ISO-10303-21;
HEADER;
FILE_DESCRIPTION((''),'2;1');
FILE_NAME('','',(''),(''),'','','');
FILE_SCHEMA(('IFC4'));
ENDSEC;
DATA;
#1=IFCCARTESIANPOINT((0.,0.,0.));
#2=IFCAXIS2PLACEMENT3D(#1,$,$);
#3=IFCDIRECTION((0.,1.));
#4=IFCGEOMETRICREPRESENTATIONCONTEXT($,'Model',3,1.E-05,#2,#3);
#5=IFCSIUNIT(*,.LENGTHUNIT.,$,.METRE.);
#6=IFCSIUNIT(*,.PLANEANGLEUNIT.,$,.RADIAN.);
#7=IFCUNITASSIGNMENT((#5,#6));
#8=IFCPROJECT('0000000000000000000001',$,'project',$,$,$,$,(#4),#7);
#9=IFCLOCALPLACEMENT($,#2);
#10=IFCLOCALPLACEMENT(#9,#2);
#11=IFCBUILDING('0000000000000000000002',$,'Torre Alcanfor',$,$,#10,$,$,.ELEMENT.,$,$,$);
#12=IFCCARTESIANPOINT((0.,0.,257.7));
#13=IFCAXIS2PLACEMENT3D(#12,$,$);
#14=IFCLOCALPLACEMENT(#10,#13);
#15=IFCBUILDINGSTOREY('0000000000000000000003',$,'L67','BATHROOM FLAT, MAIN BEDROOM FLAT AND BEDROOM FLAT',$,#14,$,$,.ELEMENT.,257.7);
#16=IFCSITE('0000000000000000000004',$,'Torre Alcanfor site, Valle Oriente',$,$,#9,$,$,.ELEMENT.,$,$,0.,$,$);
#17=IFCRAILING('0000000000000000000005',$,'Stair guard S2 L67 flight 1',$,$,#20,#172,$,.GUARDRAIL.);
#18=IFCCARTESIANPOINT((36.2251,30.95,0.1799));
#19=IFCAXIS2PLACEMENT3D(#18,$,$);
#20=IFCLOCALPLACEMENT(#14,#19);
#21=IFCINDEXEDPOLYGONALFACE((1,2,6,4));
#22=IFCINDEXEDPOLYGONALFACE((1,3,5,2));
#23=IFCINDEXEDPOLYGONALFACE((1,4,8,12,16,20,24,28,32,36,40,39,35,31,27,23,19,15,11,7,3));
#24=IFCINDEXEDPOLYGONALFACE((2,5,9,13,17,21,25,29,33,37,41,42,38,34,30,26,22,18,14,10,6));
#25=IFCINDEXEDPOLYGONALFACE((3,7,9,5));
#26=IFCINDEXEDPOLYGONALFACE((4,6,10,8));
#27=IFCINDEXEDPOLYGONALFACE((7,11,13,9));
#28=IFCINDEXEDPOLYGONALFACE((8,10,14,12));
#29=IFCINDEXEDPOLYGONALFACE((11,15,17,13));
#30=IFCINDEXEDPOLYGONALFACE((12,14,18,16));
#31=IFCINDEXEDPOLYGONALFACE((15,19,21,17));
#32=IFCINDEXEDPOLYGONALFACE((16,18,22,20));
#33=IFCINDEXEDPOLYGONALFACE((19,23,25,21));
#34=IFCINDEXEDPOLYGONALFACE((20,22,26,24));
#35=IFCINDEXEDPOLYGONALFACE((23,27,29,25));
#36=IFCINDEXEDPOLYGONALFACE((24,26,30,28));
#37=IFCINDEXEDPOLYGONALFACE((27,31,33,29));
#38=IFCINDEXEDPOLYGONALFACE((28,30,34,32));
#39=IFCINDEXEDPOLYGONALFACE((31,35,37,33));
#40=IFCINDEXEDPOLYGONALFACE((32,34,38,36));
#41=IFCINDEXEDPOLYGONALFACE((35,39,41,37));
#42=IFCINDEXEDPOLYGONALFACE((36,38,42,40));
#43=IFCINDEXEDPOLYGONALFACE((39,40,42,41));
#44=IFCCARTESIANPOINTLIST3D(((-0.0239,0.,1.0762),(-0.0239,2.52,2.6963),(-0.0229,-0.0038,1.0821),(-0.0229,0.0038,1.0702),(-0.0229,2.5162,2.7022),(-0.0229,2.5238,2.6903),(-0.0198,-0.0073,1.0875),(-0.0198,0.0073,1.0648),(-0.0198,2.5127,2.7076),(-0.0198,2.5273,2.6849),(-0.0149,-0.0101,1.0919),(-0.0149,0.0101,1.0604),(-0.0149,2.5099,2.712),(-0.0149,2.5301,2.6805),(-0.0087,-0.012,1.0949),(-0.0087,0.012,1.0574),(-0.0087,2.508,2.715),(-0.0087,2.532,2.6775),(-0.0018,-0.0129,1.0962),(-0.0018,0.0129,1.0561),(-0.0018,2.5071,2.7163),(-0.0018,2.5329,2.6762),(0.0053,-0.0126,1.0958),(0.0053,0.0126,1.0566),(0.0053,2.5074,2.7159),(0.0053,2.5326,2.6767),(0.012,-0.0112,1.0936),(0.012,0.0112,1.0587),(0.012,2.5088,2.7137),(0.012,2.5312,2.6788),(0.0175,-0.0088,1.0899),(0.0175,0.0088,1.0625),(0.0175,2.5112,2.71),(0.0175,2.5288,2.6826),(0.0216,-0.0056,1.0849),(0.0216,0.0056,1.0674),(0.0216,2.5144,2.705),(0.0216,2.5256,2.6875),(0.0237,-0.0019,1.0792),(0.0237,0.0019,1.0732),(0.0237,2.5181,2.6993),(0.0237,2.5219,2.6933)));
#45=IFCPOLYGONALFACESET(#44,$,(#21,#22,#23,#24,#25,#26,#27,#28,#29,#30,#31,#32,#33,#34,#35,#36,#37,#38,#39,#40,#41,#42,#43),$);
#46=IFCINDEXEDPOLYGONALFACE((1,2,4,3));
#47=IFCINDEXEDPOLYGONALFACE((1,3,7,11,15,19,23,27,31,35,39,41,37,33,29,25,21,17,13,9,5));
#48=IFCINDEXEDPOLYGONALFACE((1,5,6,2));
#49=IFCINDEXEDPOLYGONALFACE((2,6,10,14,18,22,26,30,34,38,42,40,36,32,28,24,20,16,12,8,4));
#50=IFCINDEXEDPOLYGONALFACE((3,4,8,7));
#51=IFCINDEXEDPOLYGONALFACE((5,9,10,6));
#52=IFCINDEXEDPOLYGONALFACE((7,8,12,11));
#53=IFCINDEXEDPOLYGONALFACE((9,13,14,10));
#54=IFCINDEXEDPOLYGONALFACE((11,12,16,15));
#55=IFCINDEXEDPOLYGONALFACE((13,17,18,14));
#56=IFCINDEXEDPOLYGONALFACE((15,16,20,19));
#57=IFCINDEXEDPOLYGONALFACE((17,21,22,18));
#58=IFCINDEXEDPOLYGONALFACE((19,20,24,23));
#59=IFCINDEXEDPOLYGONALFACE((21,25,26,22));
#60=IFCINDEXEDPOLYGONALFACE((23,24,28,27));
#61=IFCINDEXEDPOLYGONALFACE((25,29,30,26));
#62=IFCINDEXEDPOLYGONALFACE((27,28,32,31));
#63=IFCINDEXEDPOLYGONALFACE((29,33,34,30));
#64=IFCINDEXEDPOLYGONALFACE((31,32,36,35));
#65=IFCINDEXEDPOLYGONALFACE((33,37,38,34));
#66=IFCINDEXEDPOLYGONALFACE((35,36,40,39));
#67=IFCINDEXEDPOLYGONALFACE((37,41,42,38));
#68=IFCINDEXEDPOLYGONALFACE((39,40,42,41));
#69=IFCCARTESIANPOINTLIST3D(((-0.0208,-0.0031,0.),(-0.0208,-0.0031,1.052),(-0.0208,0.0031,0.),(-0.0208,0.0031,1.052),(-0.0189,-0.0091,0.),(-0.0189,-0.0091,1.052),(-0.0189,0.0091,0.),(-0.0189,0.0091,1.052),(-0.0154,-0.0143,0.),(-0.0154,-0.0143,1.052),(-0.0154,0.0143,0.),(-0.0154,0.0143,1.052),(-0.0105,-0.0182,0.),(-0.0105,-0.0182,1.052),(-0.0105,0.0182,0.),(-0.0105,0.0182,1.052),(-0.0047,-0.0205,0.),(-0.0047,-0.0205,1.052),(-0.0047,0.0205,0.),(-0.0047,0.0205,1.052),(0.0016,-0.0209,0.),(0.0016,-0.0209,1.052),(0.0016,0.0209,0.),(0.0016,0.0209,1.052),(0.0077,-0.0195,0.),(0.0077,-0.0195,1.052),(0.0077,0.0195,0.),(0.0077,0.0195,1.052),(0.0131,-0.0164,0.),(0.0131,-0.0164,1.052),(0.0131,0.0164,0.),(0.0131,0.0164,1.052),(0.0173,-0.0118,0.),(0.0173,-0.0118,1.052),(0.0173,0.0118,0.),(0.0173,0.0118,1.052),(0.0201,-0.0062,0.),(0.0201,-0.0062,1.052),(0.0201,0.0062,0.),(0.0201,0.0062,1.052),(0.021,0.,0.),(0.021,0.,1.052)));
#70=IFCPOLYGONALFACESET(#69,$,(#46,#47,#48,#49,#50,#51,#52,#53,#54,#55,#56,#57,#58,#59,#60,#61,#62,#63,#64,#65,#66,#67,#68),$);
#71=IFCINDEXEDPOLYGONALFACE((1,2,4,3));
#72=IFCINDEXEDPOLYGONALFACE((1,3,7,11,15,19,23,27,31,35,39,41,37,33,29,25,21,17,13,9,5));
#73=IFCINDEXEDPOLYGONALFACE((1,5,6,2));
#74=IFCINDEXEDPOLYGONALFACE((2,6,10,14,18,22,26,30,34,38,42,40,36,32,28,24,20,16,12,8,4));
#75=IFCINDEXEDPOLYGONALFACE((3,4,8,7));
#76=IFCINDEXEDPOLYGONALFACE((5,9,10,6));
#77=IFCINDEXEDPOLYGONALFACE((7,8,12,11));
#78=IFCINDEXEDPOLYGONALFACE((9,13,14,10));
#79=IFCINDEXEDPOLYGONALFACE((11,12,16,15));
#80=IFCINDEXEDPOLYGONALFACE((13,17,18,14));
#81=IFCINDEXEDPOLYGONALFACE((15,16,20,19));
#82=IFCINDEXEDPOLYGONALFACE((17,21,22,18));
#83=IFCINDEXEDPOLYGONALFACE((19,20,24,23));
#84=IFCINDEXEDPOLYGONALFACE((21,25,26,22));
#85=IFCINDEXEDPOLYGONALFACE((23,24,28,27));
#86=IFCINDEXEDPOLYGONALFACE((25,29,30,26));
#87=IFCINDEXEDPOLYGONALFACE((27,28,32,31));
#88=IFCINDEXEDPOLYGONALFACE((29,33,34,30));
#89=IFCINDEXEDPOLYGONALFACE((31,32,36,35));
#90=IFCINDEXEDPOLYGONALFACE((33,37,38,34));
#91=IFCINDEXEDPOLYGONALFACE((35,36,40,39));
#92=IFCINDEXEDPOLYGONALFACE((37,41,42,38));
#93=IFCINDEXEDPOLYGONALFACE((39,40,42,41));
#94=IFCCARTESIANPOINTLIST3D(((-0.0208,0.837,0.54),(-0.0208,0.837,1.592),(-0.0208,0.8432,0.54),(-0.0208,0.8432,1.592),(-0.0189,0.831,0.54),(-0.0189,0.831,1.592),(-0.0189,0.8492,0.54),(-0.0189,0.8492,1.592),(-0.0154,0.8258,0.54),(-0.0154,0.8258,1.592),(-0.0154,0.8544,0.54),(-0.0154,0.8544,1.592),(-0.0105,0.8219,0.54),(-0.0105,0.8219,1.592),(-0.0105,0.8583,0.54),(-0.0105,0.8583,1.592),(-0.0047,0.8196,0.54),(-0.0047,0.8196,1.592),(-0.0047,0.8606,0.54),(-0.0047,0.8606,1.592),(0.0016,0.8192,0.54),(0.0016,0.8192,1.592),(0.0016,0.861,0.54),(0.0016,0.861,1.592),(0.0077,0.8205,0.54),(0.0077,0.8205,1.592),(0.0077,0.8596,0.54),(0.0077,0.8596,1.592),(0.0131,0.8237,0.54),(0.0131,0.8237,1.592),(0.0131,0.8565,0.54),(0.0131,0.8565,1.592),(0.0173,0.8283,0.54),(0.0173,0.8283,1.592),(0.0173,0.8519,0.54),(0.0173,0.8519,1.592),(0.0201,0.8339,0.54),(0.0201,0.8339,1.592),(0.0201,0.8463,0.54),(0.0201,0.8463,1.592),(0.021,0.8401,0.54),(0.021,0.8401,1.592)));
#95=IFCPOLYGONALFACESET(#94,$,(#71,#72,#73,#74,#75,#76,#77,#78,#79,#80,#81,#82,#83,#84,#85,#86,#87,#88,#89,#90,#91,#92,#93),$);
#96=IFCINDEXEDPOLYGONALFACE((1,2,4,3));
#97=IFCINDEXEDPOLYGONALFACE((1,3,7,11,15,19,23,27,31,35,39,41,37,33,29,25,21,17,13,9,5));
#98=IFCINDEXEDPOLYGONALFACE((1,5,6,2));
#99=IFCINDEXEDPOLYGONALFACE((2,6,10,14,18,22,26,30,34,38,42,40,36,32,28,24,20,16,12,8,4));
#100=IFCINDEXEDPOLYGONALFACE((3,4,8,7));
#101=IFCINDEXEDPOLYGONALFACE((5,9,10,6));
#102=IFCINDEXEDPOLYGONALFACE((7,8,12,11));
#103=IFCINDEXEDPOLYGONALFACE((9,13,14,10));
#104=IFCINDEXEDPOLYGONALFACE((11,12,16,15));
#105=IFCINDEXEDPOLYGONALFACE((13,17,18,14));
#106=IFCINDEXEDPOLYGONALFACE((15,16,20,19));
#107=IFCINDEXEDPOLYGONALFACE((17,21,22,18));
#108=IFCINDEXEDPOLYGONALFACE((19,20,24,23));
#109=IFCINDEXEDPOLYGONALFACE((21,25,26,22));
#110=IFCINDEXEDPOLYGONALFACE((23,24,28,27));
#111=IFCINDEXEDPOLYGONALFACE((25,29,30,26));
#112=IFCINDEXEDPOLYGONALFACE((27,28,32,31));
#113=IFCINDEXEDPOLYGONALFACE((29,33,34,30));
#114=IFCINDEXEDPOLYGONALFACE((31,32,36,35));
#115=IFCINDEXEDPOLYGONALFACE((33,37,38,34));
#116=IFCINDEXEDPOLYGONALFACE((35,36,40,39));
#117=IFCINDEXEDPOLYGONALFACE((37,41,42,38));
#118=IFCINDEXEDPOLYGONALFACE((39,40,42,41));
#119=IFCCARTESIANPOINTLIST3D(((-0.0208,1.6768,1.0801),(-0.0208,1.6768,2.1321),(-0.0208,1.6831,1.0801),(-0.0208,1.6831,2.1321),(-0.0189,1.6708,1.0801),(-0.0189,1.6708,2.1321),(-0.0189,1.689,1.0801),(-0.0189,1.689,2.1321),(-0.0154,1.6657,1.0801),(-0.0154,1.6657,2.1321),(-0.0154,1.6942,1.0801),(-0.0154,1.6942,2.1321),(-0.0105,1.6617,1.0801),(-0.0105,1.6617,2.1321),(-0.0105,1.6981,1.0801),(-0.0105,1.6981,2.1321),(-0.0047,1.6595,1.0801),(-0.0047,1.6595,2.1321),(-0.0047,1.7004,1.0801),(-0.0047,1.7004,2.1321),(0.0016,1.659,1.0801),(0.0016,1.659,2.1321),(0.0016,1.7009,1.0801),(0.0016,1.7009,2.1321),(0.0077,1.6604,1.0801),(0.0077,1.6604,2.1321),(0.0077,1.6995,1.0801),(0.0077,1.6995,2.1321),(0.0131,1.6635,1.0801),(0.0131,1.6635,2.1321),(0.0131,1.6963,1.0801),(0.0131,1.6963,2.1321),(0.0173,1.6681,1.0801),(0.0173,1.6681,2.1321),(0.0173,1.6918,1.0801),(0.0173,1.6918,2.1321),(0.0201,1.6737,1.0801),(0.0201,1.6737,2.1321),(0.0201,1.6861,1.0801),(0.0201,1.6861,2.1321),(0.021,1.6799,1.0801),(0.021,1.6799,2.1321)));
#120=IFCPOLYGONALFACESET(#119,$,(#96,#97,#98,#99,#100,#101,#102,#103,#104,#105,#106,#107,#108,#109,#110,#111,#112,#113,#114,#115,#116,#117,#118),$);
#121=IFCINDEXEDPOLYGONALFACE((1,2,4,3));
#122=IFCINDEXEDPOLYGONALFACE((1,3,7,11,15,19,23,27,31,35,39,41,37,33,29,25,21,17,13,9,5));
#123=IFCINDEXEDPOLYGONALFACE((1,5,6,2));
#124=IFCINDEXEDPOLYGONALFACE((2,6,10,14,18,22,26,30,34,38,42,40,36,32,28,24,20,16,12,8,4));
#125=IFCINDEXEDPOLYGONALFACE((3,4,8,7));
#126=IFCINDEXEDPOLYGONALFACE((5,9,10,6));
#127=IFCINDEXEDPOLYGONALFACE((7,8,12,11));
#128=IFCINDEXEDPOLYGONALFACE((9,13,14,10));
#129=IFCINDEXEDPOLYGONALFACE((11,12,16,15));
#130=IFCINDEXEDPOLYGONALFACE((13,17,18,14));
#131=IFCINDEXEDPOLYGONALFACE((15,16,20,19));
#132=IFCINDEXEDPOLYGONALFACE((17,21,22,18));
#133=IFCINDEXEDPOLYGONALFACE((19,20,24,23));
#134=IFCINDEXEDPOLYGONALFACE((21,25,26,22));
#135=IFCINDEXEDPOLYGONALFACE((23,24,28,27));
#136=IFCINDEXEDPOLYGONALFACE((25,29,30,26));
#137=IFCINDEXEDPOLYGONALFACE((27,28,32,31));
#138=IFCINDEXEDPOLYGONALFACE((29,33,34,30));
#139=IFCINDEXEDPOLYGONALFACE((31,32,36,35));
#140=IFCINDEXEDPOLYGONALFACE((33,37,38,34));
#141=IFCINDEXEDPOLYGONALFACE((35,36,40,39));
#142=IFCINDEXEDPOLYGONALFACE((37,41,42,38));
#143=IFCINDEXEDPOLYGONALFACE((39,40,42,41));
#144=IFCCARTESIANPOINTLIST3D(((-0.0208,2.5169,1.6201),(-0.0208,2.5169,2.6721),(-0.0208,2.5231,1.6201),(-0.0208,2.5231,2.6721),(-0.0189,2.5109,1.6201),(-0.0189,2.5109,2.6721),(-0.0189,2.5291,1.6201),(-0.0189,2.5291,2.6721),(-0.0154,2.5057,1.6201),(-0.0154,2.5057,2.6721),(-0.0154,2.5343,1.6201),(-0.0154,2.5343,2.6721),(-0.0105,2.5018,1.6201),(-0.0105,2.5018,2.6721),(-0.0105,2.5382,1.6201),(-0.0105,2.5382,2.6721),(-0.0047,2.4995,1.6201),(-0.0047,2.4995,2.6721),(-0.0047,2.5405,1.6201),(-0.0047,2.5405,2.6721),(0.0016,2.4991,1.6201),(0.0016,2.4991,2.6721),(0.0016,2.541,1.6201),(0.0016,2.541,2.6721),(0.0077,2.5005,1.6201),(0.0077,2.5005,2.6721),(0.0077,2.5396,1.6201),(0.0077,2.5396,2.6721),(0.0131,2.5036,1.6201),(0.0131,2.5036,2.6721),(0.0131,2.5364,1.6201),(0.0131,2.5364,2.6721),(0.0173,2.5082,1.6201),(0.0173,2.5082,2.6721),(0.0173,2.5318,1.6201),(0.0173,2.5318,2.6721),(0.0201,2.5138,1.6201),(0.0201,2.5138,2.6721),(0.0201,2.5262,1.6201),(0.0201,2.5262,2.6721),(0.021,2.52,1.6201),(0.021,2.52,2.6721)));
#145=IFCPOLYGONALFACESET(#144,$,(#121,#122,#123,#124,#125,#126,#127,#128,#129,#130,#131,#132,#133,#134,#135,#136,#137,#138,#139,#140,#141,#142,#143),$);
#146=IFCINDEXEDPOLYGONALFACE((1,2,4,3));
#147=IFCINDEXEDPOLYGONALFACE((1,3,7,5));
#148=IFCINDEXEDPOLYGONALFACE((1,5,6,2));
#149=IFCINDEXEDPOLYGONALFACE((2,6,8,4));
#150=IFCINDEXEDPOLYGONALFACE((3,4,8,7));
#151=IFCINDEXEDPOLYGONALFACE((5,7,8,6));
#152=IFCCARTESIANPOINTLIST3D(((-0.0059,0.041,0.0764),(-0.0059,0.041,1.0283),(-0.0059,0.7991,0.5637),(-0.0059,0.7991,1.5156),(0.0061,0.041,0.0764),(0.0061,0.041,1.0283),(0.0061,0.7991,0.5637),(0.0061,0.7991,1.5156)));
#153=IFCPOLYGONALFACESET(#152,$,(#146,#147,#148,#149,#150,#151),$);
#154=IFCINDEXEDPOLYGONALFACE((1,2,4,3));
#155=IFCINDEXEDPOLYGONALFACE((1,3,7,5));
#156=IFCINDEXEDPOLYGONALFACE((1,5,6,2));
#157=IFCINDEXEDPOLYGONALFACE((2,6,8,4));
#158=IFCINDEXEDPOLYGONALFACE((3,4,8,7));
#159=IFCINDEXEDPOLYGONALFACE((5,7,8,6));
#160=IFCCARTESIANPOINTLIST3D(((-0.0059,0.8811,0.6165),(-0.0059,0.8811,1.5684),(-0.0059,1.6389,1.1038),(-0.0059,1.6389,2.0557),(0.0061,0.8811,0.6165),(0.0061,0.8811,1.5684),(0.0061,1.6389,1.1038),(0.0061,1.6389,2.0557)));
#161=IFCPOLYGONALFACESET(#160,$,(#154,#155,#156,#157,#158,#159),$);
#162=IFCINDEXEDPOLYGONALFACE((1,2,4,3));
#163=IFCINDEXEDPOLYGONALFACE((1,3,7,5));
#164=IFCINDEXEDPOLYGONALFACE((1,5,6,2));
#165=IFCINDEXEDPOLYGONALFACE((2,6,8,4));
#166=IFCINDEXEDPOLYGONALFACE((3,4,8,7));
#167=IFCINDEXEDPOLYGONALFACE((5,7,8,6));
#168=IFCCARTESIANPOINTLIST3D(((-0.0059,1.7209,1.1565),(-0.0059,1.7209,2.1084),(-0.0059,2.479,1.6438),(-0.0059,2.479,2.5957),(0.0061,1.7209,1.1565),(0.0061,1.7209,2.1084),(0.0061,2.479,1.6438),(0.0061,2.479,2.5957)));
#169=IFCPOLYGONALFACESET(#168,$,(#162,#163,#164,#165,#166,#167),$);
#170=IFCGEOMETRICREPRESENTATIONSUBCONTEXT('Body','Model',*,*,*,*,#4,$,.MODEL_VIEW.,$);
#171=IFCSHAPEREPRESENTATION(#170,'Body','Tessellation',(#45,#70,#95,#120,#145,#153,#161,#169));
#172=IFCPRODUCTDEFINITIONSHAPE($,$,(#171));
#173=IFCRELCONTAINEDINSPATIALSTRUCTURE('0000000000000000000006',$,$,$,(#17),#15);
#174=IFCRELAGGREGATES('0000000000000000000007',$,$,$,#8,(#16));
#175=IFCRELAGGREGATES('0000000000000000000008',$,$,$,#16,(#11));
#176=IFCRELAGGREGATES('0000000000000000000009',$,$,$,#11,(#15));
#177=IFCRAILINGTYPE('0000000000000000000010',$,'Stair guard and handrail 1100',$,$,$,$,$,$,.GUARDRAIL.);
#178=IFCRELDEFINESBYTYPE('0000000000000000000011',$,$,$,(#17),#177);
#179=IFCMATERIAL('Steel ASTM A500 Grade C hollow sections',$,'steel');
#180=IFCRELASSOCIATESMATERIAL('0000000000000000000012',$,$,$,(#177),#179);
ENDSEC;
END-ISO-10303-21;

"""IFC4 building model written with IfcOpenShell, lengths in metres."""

from ifc_helpers import new_model, si_unit, direction, frame, origin, origin_2d, place, context, subcontext, project, spatial, polyline, circle, outline, extrude, material, type_object, element, save


model = new_model("IFC4")

# Units and contexts
model_context = context("Model", 3, precision=1e-05, world=origin(), true_north=direction((0.0, 1.0)))
body_context = subcontext(model_context, "Body", "Model", "MODEL_VIEW")
ifc_project = project(units=[si_unit("LENGTHUNIT", "METRE"), si_unit("PLANEANGLEUNIT", "RADIAN")], contexts=[model_context])

# Site, building, storey
site_placement = place(None, origin())
site = spatial("IfcSite", under=ifc_project, at=site_placement, Name="Torre Alcanfor site, Valle Oriente", CompositionType="ELEMENT", RefElevation=0.0)
building_placement = place(site_placement, origin())
building = spatial("IfcBuilding", under=site, at=building_placement, Name="Torre Alcanfor", CompositionType="ELEMENT")
storey_placement = place(building_placement, frame((0.0, 0.0, 257.7)))
storey = spatial("IfcBuildingStorey", under=building, at=storey_placement, Name="L67", Description="BATHROOM FLAT, MAIN BEDROOM FLAT AND BEDROOM FLAT", CompositionType="ELEMENT", Elevation=257.7)

# Railing
ifc_material_1 = material(Name="Steel ASTM A500 Grade C hollow sections", Category="steel")
railing_type_1 = type_object("IfcRailingType", Name="Stair guard and handrail 1100", PredefinedType="GUARDRAIL", material=ifc_material_1)
railing_1_placement = place(storey_placement, frame((36.2251, 30.95, 0.1799)))
element("IfcRailing", 1, at=railing_1_placement, inside=storey, type_object=railing_type_1, Name="Stair guard S2 L67 flight 1", PredefinedType="GUARDRAIL", context=body_context, shape_type="SweptSolid", body=[
    extrude(circle(Radius=0.0239, at=origin_2d()), frame((0.0, 0.0, 1.0762), z_axis=(0.0, 0.841163, 0.540782), x_axis=(-1.0, 0.0, 0.0)), (0.0, 0.0, 1.0), 2.9958),
    extrude(circle(Radius=0.021, at=origin_2d()), origin(), (0.0, 0.0, 1.0), 1.052),
    extrude(circle(Radius=0.021, at=origin_2d()), frame((0.0, 0.8401, 0.54)), (0.0, 0.0, 1.0), 1.052),
    extrude(circle(Radius=0.021, at=origin_2d()), frame((0.0, 1.6799, 1.0801)), (0.0, 0.0, 1.0), 1.052),
    extrude(circle(Radius=0.021, at=origin_2d()), frame((0.0, 2.52, 1.6201)), (0.0, 0.0, 1.0), 1.052),
    extrude(outline(polyline([(0.041, 0.0764), (0.7991, 0.5637), (0.7991, 1.5156), (0.041, 1.0283), (0.041, 0.0764)])), frame((-0.0059, 0.0, 0.0), z_axis=(1.0, 0.0, 0.0), x_axis=(0.0, 1.0, 0.0)), (0.0, 0.0, 1.0), 0.012),
    extrude(outline(polyline([(0.8811, 0.6165), (1.6389, 1.1038), (1.6389, 2.0557), (0.8811, 1.5684), (0.8811, 0.6165)])), frame((-0.0059, 0.0, 0.0), z_axis=(1.0, 0.0, 0.0), x_axis=(0.0, 1.0, 0.0)), (0.0, 0.0, 1.0), 0.012),
    extrude(outline(polyline([(1.7209, 1.1565), (2.479, 1.6438), (2.479, 2.5957), (1.7209, 2.1084), (1.7209, 1.1565)])), frame((-0.0059, 0.0, 0.0), z_axis=(1.0, 0.0, 0.0), x_axis=(0.0, 1.0, 0.0)), (0.0, 0.0, 1.0), 0.012),
])

save(model, "model.ifc")
